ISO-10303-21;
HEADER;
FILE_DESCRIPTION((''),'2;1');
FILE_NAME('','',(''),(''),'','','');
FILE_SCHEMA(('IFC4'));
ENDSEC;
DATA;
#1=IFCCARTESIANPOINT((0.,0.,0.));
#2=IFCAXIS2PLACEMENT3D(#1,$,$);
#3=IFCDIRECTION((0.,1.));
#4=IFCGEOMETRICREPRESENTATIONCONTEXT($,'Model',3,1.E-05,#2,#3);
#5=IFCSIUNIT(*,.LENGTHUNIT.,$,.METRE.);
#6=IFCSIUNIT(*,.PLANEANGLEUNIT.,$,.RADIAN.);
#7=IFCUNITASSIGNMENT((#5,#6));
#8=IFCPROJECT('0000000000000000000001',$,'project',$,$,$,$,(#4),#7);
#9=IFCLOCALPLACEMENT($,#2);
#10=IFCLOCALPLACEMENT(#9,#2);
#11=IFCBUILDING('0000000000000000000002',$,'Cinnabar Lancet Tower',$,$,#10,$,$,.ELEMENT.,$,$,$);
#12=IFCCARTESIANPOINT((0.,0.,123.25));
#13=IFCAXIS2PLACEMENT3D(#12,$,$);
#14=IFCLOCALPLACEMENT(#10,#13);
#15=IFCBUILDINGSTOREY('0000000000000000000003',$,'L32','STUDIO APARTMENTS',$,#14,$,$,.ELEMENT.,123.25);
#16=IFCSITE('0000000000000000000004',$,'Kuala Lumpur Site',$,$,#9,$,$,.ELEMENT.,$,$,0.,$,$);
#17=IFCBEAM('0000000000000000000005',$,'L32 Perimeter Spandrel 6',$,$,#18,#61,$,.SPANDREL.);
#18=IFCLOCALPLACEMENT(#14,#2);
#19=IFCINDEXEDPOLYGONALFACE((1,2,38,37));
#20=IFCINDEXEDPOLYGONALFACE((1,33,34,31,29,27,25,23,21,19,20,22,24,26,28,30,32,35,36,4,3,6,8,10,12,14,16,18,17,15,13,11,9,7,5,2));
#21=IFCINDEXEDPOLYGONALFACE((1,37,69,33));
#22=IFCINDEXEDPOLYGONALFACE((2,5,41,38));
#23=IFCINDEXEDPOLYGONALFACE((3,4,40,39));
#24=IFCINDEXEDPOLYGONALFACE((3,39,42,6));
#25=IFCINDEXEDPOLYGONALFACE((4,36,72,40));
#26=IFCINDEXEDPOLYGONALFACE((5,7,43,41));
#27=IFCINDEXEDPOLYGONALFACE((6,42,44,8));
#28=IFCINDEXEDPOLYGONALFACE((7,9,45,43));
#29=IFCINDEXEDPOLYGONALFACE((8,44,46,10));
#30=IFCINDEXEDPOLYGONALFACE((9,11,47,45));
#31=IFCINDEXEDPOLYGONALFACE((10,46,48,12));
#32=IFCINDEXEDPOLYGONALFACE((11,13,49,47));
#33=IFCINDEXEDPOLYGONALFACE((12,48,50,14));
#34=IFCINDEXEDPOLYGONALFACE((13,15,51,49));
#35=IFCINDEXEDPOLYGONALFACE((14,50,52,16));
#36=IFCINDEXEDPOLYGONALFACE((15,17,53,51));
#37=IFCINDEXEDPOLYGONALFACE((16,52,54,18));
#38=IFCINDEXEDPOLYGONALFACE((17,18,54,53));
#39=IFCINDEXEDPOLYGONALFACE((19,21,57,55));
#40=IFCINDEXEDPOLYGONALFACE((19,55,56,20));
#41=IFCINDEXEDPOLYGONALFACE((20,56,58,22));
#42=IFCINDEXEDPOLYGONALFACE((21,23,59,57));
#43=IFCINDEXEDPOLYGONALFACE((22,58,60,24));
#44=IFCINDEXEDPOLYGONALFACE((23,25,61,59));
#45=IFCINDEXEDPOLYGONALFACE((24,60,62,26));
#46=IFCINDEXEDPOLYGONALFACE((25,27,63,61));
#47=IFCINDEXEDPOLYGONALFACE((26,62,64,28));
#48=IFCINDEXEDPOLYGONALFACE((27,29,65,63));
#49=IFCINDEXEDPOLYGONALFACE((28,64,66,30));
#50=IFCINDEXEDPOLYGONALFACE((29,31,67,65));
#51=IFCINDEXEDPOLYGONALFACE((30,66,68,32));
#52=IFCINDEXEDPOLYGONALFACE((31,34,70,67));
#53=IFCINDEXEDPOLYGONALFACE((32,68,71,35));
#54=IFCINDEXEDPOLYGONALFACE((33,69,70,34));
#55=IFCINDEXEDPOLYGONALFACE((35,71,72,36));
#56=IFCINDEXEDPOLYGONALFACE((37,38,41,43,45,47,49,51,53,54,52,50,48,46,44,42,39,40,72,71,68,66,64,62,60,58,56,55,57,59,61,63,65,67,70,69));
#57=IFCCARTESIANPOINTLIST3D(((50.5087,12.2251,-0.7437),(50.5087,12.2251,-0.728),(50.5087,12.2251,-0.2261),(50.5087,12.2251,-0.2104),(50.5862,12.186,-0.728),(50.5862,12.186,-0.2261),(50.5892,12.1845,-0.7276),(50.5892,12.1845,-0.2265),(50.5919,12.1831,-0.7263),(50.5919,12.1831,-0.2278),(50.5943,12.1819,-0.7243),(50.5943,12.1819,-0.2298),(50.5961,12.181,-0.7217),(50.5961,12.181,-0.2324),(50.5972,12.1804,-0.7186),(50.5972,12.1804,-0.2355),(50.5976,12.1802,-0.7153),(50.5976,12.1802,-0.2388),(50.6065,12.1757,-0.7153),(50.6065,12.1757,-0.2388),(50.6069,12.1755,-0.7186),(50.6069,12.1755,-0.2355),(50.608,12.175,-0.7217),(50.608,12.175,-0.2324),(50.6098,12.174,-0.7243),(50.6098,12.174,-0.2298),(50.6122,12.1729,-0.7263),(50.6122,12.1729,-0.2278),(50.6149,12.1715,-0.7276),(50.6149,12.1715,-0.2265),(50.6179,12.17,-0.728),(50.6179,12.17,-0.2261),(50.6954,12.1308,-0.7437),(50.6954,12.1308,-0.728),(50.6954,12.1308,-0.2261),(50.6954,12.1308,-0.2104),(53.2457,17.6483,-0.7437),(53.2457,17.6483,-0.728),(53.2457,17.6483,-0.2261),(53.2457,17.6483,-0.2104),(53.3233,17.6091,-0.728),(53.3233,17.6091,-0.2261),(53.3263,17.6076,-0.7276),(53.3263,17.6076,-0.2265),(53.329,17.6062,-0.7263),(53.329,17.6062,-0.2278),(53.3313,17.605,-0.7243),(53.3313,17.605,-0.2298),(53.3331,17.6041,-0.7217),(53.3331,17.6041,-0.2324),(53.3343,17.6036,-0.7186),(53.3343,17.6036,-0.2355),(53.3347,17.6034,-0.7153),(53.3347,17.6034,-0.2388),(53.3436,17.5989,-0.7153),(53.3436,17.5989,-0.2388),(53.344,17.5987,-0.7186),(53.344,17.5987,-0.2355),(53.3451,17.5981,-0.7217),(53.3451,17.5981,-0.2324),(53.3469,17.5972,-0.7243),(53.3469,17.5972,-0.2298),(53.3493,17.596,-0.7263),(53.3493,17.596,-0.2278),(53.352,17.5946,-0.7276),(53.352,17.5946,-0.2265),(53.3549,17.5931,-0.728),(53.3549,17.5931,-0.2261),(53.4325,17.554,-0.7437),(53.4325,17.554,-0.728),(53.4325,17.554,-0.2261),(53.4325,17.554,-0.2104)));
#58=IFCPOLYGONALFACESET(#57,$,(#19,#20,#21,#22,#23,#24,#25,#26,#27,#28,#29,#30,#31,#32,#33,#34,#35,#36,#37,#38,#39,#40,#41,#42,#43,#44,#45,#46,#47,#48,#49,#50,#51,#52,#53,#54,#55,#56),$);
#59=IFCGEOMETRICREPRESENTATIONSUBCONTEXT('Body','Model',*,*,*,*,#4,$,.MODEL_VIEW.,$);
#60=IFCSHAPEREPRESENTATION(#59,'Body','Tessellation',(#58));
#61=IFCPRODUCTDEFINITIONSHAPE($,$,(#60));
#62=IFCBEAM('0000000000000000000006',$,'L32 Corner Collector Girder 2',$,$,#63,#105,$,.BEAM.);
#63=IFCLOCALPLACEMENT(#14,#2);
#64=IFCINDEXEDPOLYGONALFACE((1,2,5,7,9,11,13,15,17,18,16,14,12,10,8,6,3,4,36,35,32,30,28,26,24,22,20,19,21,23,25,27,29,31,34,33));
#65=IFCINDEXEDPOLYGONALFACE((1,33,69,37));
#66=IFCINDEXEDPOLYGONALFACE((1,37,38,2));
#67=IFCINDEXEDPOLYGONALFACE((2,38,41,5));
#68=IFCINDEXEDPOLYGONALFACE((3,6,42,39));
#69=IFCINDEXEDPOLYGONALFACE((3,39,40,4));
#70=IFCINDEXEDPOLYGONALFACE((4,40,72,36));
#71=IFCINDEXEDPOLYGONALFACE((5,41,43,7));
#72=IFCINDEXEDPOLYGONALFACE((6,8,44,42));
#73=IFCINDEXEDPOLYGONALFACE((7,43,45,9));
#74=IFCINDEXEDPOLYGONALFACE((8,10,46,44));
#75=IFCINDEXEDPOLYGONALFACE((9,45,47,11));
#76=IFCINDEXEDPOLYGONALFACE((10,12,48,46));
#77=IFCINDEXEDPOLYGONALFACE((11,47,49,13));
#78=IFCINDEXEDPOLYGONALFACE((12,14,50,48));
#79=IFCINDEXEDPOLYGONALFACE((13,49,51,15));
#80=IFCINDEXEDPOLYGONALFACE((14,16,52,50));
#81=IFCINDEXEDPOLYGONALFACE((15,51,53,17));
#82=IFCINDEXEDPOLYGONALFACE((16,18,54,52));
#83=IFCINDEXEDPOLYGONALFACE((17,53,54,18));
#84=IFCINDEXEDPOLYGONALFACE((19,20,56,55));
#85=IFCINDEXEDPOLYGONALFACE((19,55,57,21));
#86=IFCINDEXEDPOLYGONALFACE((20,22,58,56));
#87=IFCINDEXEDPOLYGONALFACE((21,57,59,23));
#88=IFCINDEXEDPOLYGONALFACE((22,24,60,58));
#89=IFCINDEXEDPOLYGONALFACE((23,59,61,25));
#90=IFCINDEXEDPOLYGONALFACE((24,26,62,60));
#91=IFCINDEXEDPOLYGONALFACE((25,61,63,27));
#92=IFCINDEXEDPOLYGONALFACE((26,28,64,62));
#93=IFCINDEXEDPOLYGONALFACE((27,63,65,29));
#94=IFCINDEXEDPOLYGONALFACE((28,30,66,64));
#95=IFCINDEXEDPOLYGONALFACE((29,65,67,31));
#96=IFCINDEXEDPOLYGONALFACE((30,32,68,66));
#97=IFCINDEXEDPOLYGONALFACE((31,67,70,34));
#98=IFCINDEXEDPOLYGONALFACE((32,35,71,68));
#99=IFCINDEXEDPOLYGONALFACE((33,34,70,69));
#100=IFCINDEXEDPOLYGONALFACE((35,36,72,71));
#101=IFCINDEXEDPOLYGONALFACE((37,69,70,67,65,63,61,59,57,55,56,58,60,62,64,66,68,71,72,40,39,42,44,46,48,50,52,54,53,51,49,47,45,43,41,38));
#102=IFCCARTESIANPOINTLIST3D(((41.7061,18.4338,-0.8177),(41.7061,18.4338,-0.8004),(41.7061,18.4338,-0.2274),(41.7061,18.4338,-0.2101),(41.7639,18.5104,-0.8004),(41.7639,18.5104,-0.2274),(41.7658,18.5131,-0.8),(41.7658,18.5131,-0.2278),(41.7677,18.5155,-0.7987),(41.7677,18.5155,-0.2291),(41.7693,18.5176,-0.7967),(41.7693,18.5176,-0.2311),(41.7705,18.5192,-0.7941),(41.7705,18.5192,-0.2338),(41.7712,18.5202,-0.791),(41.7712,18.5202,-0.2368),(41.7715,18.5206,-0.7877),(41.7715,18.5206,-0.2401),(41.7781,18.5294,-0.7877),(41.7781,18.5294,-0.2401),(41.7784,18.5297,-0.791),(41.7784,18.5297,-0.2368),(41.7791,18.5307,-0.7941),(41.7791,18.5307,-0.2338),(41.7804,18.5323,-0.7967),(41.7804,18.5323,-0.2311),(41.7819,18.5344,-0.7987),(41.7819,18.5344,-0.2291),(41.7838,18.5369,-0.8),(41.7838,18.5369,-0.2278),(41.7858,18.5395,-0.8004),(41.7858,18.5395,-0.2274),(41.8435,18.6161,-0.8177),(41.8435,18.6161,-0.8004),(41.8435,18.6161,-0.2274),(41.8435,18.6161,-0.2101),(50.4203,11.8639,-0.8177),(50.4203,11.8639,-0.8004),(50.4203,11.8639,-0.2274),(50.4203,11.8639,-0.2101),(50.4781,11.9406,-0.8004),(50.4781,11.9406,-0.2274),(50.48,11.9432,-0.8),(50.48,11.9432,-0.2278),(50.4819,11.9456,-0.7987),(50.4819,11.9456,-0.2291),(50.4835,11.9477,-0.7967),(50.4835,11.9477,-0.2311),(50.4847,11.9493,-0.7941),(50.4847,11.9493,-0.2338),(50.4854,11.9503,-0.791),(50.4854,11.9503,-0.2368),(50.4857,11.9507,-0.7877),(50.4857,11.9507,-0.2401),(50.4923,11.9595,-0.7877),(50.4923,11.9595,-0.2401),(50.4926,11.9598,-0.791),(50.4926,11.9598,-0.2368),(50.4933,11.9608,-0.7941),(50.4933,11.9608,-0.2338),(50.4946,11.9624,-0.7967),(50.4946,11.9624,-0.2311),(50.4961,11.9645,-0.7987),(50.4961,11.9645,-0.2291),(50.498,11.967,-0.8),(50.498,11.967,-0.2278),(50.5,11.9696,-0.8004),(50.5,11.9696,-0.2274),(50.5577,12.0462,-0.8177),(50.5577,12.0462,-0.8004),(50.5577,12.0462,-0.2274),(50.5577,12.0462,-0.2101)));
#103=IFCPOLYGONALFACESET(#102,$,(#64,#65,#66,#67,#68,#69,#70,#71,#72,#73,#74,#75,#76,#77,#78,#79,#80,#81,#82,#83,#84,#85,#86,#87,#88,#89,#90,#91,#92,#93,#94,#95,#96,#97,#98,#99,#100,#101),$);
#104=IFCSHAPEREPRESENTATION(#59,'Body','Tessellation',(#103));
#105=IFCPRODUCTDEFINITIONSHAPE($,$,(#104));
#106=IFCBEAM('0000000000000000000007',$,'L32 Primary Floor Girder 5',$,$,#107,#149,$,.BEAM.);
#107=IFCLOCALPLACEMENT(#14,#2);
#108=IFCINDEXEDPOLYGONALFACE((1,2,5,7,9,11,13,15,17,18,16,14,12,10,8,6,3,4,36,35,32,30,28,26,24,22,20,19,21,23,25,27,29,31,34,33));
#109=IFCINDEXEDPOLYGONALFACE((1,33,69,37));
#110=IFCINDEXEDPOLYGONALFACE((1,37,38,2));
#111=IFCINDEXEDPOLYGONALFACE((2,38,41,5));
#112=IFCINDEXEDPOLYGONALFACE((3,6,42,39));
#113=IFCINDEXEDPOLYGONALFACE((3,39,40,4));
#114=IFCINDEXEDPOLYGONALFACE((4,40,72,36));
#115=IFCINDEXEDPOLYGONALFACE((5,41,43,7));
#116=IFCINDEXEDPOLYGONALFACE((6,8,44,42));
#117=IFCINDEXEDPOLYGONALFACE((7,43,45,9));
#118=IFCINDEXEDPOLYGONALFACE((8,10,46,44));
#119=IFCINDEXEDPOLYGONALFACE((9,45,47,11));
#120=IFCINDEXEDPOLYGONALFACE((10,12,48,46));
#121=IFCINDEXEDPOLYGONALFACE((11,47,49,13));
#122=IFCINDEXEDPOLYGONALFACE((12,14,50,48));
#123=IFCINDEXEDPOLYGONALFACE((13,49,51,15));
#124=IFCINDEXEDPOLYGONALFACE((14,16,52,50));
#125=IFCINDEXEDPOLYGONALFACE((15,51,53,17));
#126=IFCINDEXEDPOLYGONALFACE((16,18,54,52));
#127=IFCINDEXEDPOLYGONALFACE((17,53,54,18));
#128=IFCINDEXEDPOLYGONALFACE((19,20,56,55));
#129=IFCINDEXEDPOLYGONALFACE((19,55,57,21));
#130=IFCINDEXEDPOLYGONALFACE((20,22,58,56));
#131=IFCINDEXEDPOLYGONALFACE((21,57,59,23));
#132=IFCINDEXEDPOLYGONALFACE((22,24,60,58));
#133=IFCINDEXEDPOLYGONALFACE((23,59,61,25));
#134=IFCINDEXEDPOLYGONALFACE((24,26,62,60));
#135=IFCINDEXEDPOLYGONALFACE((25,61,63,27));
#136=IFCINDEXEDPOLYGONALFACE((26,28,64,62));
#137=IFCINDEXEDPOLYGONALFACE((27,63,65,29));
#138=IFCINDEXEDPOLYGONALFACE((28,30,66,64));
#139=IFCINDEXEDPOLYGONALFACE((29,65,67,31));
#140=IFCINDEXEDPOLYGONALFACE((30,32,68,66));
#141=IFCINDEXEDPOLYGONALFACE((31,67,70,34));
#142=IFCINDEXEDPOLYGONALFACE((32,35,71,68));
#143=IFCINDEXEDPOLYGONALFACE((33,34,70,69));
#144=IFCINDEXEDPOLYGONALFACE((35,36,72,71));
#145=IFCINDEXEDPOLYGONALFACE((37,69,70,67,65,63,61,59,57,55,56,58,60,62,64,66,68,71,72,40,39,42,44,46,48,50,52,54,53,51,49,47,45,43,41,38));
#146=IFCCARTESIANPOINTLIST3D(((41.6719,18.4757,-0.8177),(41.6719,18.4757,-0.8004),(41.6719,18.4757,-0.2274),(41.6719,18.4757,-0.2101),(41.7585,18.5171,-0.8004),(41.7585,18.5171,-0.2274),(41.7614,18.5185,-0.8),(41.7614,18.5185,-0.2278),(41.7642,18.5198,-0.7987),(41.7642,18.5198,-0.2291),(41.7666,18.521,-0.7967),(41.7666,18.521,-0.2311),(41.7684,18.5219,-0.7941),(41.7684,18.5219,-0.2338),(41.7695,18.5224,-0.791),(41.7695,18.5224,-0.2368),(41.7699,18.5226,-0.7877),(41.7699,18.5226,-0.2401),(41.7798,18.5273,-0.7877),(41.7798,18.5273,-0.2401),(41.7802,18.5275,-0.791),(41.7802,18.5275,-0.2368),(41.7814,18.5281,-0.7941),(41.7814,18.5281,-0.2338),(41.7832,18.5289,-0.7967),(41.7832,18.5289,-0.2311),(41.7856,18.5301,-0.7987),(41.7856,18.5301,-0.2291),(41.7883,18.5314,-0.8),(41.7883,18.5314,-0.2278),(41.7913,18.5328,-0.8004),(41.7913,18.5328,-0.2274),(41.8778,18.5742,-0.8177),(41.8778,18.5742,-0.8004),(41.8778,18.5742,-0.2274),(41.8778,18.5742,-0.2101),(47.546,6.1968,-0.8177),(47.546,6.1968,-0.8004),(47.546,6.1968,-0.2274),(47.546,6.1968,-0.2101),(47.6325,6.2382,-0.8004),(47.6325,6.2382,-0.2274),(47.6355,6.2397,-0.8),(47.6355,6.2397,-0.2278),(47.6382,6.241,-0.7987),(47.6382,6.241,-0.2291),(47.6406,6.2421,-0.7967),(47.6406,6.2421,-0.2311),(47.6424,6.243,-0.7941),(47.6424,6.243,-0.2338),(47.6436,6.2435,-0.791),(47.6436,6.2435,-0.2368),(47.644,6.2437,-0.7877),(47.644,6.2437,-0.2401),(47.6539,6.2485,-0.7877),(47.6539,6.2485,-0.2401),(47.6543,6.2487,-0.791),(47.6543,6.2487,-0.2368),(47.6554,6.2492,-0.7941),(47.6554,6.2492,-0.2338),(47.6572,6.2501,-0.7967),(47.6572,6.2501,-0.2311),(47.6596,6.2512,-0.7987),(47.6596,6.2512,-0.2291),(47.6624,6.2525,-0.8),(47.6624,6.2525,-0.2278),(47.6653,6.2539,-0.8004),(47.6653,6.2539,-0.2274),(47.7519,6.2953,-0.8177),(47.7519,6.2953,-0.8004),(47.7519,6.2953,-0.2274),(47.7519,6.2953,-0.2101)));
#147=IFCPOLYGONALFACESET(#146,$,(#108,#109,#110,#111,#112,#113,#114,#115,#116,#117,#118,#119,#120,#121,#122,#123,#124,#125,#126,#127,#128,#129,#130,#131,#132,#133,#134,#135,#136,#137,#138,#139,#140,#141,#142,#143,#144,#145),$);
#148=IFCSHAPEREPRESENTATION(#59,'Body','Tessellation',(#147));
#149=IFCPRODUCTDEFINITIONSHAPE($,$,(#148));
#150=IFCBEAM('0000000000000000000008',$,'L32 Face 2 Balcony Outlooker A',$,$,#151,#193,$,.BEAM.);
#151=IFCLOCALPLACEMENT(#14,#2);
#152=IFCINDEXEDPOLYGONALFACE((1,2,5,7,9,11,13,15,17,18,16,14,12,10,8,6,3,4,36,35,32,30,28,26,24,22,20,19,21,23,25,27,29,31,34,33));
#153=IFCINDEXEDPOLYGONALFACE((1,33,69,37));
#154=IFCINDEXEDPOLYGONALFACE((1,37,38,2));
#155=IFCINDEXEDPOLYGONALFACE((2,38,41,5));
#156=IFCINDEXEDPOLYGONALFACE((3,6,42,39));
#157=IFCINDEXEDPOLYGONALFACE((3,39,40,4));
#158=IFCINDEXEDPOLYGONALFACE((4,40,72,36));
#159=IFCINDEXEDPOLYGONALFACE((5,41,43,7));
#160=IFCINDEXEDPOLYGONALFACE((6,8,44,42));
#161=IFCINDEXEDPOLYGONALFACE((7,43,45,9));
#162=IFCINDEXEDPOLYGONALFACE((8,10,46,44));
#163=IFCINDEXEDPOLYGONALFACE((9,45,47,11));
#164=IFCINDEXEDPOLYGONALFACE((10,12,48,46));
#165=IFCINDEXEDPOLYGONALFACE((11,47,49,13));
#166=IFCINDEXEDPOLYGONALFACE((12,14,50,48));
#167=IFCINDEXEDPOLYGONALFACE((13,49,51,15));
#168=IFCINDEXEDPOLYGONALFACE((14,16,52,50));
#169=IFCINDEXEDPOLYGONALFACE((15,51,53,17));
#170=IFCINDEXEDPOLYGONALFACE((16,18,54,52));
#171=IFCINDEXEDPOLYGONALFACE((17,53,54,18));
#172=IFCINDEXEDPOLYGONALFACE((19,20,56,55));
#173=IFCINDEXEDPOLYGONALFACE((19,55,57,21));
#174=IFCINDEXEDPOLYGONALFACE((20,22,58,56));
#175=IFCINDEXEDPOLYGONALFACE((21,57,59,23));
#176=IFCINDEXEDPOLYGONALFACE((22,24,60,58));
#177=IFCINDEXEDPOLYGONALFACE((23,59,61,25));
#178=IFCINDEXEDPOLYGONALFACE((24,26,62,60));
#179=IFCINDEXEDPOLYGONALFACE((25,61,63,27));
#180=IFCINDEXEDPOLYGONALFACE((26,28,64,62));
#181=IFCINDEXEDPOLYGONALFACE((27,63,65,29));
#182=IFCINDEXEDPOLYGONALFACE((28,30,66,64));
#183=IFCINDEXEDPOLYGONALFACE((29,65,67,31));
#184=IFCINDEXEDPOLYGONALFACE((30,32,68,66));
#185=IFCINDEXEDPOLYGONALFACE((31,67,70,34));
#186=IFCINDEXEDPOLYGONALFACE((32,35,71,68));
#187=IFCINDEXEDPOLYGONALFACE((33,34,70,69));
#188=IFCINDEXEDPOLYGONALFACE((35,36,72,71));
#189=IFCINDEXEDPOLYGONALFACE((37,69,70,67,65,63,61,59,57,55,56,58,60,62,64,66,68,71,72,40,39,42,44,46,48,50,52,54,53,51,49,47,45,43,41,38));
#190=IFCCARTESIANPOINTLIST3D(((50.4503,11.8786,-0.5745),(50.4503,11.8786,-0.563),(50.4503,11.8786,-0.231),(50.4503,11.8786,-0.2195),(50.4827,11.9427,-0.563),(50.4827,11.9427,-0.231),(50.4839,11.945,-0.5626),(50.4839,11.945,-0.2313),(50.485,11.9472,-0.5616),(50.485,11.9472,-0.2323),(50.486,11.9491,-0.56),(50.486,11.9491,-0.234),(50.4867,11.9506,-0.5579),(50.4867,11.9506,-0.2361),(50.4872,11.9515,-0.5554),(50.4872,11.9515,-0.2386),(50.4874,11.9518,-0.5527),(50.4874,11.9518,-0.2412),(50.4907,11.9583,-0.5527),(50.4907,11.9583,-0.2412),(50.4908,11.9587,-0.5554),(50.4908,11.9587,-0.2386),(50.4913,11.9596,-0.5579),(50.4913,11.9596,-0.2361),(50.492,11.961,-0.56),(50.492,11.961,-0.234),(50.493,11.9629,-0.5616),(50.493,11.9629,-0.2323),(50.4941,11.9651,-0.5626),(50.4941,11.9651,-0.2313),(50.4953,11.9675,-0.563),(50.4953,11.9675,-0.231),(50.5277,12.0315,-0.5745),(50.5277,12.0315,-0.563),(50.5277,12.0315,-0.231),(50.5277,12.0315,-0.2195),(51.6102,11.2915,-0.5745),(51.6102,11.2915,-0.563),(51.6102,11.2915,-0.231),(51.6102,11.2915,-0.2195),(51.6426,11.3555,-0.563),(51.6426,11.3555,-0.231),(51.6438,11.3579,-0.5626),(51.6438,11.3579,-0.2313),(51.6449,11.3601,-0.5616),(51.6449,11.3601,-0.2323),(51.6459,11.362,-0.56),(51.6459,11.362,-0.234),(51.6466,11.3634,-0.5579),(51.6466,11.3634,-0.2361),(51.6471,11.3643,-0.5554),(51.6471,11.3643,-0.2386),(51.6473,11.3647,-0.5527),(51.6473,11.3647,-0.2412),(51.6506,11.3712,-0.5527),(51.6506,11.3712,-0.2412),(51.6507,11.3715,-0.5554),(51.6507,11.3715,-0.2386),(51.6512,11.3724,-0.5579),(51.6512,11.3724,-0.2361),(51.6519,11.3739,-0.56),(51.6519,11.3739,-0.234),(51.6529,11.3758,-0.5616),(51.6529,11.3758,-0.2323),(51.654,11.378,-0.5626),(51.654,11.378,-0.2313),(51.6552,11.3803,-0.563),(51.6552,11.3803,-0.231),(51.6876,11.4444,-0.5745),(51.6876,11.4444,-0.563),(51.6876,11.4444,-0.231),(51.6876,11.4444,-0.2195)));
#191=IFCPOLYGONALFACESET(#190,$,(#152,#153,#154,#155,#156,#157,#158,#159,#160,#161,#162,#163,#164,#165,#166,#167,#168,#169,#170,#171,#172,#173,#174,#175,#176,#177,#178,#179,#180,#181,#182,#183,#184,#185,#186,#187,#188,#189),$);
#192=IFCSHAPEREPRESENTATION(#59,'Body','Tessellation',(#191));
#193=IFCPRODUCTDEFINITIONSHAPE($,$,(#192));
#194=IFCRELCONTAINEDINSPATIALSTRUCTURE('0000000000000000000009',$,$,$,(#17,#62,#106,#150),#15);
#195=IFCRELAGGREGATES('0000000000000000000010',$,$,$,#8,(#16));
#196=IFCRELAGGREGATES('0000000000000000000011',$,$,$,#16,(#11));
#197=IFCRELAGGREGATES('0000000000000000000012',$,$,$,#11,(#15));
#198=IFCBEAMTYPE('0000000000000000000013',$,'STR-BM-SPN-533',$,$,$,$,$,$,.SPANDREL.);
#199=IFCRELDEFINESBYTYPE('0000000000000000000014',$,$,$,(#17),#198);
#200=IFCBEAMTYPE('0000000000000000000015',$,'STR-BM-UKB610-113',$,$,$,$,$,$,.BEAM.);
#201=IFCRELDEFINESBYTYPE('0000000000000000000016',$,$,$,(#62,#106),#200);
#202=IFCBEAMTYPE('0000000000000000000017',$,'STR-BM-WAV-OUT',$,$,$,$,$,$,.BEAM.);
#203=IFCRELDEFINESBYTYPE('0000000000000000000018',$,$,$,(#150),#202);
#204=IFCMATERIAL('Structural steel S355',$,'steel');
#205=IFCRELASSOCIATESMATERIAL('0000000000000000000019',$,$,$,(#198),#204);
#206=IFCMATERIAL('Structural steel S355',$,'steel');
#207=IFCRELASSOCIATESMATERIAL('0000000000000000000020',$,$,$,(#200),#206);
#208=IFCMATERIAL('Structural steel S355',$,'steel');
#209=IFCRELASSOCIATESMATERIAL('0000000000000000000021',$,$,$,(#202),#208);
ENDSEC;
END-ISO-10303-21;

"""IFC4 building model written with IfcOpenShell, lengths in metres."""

from ifc_helpers import new_model, si_unit, direction, frame, origin, origin_2d, place, context, subcontext, project, spatial, i_section, extrude, material, material_profile, profile_set, type_object, element, save


model = new_model("IFC4")

# Units and contexts
model_context = context("Model", 3, precision=1e-05, world=origin(), true_north=direction((0.0, 1.0)))
body_context = subcontext(model_context, "Body", "Model", "MODEL_VIEW")
ifc_project = project(units=[si_unit("LENGTHUNIT", "METRE"), si_unit("PLANEANGLEUNIT", "RADIAN")], contexts=[model_context])

# Site, building, storey
site_placement = place(None, origin())
site = spatial("IfcSite", under=ifc_project, at=site_placement, Name="Kuala Lumpur Site", CompositionType="ELEMENT", RefElevation=0.0)
building_placement = place(site_placement, origin())
building = spatial("IfcBuilding", under=site, at=building_placement, Name="Cinnabar Lancet Tower", CompositionType="ELEMENT")
storey_placement = place(building_placement, frame((0.0, 0.0, 123.25)))
storey = spatial("IfcBuildingStorey", under=building, at=storey_placement, Name="L32", Description="STUDIO APARTMENTS", CompositionType="ELEMENT", Elevation=123.25)

# Beams
ifc_material_1 = material(Name="Structural steel S355", Category="steel")
ifc_material_profile_1 = material_profile(ifc_material_1, i_section(OverallWidth=0.2092, OverallDepth=0.5332, WebThickness=0.01, FlangeThickness=0.0156, FilletRadius=0.0127, at=origin_2d()), Name="UKB 533x210x92")
ifc_profile_set_1 = profile_set([ifc_material_profile_1], Name="Structural steel S355")
beam_type_1 = type_object("IfcBeamType", Name="STR-BM-SPN-533", PredefinedType="SPANDREL", material=ifc_profile_set_1)
beam_1_placement = place(storey_placement, frame((50.6021, 12.178, -0.4771), z_axis=(0.45057, 0.892741, 0.0), x_axis=(-0.892741, 0.45057, 0.0)))
element("IfcBeam", 1, at=beam_1_placement, inside=storey, type_object=beam_type_1, Name="L32 Perimeter Spandrel 6", PredefinedType="SPANDREL", context=body_context, shape_type="SweptSolid", body=[
    extrude(i_section(OverallWidth=0.2092, OverallDepth=0.5332, WebThickness=0.01, FlangeThickness=0.0156, FilletRadius=0.0127, at=origin_2d()), origin(), (0.0, 0.0, 1.0), 6.0747),
])
ifc_material_2 = material(Name="Structural steel S355", Category="steel")
ifc_material_profile_2 = material_profile(ifc_material_2, i_section(OverallWidth=0.2283, OverallDepth=0.6077, WebThickness=0.011, FlangeThickness=0.0173, FilletRadius=0.0127, at=origin_2d()), Name="UKB 610x229x113")
ifc_profile_set_2 = profile_set([ifc_material_profile_2], Name="Structural steel S355")
beam_type_2 = type_object("IfcBeamType", Name="STR-BM-UKB610-113", PredefinedType="BEAM", material=ifc_profile_set_2)
beam_2_placement = place(storey_placement, frame((50.489, 11.9551, -0.5139), z_axis=(-0.798491, 0.602006, 0.0), x_axis=(-0.602006, -0.798491, 0.0)))
element("IfcBeam", 2, at=beam_2_placement, inside=storey, type_object=beam_type_2, Name="L32 Corner Collector Girder 2", PredefinedType="BEAM", context=body_context, shape_type="SweptSolid", body=[
    extrude(i_section(OverallWidth=0.2283, OverallDepth=0.6077, WebThickness=0.011, FlangeThickness=0.0173, FilletRadius=0.0127, at=origin_2d()), origin(), (0.0, 0.0, 1.0), 10.9133),
])
beam_3_placement = place(storey_placement, frame((47.6489, 6.2461, -0.5139), z_axis=(-0.431548, 0.90209, 0.0), x_axis=(-0.90209, -0.431548, 0.0)))
element("IfcBeam", 3, at=beam_3_placement, inside=storey, type_object=beam_type_2, Name="L32 Primary Floor Girder 5", PredefinedType="BEAM", context=body_context, shape_type="SweptSolid", body=[
    extrude(i_section(OverallWidth=0.2283, OverallDepth=0.6077, WebThickness=0.011, FlangeThickness=0.0173, FilletRadius=0.0127, at=origin_2d()), origin(), (0.0, 0.0, 1.0), 13.6116),
])
ifc_material_3 = material(Name="Structural steel S355", Category="steel")
ifc_material_profile_3 = material_profile(ifc_material_3, i_section(OverallWidth=0.1714, OverallDepth=0.355, WebThickness=0.0073, FlangeThickness=0.0115, FilletRadius=0.0103, at=origin_2d()), Name="UKB 356x171x51")
ifc_profile_set_3 = profile_set([ifc_material_profile_3], Name="Structural steel S355")
beam_type_3 = type_object("IfcBeamType", Name="STR-BM-WAV-OUT", PredefinedType="BEAM", material=ifc_profile_set_3)
beam_4_placement = place(storey_placement, frame((50.489, 11.9551, -0.397), z_axis=(0.8922, -0.45164, 0.0), x_axis=(0.45164, 0.8922, 0.0)))
element("IfcBeam", 4, at=beam_4_placement, inside=storey, type_object=beam_type_3, Name="L32 Face 2 Balcony Outlooker A", PredefinedType="BEAM", context=body_context, shape_type="SweptSolid", body=[
    extrude(i_section(OverallWidth=0.1714, OverallDepth=0.355, WebThickness=0.0073, FlangeThickness=0.0115, FilletRadius=0.0103, at=origin_2d()), origin(), (0.0, 0.0, 1.0), 1.3),
])

save(model, "model.ifc")
